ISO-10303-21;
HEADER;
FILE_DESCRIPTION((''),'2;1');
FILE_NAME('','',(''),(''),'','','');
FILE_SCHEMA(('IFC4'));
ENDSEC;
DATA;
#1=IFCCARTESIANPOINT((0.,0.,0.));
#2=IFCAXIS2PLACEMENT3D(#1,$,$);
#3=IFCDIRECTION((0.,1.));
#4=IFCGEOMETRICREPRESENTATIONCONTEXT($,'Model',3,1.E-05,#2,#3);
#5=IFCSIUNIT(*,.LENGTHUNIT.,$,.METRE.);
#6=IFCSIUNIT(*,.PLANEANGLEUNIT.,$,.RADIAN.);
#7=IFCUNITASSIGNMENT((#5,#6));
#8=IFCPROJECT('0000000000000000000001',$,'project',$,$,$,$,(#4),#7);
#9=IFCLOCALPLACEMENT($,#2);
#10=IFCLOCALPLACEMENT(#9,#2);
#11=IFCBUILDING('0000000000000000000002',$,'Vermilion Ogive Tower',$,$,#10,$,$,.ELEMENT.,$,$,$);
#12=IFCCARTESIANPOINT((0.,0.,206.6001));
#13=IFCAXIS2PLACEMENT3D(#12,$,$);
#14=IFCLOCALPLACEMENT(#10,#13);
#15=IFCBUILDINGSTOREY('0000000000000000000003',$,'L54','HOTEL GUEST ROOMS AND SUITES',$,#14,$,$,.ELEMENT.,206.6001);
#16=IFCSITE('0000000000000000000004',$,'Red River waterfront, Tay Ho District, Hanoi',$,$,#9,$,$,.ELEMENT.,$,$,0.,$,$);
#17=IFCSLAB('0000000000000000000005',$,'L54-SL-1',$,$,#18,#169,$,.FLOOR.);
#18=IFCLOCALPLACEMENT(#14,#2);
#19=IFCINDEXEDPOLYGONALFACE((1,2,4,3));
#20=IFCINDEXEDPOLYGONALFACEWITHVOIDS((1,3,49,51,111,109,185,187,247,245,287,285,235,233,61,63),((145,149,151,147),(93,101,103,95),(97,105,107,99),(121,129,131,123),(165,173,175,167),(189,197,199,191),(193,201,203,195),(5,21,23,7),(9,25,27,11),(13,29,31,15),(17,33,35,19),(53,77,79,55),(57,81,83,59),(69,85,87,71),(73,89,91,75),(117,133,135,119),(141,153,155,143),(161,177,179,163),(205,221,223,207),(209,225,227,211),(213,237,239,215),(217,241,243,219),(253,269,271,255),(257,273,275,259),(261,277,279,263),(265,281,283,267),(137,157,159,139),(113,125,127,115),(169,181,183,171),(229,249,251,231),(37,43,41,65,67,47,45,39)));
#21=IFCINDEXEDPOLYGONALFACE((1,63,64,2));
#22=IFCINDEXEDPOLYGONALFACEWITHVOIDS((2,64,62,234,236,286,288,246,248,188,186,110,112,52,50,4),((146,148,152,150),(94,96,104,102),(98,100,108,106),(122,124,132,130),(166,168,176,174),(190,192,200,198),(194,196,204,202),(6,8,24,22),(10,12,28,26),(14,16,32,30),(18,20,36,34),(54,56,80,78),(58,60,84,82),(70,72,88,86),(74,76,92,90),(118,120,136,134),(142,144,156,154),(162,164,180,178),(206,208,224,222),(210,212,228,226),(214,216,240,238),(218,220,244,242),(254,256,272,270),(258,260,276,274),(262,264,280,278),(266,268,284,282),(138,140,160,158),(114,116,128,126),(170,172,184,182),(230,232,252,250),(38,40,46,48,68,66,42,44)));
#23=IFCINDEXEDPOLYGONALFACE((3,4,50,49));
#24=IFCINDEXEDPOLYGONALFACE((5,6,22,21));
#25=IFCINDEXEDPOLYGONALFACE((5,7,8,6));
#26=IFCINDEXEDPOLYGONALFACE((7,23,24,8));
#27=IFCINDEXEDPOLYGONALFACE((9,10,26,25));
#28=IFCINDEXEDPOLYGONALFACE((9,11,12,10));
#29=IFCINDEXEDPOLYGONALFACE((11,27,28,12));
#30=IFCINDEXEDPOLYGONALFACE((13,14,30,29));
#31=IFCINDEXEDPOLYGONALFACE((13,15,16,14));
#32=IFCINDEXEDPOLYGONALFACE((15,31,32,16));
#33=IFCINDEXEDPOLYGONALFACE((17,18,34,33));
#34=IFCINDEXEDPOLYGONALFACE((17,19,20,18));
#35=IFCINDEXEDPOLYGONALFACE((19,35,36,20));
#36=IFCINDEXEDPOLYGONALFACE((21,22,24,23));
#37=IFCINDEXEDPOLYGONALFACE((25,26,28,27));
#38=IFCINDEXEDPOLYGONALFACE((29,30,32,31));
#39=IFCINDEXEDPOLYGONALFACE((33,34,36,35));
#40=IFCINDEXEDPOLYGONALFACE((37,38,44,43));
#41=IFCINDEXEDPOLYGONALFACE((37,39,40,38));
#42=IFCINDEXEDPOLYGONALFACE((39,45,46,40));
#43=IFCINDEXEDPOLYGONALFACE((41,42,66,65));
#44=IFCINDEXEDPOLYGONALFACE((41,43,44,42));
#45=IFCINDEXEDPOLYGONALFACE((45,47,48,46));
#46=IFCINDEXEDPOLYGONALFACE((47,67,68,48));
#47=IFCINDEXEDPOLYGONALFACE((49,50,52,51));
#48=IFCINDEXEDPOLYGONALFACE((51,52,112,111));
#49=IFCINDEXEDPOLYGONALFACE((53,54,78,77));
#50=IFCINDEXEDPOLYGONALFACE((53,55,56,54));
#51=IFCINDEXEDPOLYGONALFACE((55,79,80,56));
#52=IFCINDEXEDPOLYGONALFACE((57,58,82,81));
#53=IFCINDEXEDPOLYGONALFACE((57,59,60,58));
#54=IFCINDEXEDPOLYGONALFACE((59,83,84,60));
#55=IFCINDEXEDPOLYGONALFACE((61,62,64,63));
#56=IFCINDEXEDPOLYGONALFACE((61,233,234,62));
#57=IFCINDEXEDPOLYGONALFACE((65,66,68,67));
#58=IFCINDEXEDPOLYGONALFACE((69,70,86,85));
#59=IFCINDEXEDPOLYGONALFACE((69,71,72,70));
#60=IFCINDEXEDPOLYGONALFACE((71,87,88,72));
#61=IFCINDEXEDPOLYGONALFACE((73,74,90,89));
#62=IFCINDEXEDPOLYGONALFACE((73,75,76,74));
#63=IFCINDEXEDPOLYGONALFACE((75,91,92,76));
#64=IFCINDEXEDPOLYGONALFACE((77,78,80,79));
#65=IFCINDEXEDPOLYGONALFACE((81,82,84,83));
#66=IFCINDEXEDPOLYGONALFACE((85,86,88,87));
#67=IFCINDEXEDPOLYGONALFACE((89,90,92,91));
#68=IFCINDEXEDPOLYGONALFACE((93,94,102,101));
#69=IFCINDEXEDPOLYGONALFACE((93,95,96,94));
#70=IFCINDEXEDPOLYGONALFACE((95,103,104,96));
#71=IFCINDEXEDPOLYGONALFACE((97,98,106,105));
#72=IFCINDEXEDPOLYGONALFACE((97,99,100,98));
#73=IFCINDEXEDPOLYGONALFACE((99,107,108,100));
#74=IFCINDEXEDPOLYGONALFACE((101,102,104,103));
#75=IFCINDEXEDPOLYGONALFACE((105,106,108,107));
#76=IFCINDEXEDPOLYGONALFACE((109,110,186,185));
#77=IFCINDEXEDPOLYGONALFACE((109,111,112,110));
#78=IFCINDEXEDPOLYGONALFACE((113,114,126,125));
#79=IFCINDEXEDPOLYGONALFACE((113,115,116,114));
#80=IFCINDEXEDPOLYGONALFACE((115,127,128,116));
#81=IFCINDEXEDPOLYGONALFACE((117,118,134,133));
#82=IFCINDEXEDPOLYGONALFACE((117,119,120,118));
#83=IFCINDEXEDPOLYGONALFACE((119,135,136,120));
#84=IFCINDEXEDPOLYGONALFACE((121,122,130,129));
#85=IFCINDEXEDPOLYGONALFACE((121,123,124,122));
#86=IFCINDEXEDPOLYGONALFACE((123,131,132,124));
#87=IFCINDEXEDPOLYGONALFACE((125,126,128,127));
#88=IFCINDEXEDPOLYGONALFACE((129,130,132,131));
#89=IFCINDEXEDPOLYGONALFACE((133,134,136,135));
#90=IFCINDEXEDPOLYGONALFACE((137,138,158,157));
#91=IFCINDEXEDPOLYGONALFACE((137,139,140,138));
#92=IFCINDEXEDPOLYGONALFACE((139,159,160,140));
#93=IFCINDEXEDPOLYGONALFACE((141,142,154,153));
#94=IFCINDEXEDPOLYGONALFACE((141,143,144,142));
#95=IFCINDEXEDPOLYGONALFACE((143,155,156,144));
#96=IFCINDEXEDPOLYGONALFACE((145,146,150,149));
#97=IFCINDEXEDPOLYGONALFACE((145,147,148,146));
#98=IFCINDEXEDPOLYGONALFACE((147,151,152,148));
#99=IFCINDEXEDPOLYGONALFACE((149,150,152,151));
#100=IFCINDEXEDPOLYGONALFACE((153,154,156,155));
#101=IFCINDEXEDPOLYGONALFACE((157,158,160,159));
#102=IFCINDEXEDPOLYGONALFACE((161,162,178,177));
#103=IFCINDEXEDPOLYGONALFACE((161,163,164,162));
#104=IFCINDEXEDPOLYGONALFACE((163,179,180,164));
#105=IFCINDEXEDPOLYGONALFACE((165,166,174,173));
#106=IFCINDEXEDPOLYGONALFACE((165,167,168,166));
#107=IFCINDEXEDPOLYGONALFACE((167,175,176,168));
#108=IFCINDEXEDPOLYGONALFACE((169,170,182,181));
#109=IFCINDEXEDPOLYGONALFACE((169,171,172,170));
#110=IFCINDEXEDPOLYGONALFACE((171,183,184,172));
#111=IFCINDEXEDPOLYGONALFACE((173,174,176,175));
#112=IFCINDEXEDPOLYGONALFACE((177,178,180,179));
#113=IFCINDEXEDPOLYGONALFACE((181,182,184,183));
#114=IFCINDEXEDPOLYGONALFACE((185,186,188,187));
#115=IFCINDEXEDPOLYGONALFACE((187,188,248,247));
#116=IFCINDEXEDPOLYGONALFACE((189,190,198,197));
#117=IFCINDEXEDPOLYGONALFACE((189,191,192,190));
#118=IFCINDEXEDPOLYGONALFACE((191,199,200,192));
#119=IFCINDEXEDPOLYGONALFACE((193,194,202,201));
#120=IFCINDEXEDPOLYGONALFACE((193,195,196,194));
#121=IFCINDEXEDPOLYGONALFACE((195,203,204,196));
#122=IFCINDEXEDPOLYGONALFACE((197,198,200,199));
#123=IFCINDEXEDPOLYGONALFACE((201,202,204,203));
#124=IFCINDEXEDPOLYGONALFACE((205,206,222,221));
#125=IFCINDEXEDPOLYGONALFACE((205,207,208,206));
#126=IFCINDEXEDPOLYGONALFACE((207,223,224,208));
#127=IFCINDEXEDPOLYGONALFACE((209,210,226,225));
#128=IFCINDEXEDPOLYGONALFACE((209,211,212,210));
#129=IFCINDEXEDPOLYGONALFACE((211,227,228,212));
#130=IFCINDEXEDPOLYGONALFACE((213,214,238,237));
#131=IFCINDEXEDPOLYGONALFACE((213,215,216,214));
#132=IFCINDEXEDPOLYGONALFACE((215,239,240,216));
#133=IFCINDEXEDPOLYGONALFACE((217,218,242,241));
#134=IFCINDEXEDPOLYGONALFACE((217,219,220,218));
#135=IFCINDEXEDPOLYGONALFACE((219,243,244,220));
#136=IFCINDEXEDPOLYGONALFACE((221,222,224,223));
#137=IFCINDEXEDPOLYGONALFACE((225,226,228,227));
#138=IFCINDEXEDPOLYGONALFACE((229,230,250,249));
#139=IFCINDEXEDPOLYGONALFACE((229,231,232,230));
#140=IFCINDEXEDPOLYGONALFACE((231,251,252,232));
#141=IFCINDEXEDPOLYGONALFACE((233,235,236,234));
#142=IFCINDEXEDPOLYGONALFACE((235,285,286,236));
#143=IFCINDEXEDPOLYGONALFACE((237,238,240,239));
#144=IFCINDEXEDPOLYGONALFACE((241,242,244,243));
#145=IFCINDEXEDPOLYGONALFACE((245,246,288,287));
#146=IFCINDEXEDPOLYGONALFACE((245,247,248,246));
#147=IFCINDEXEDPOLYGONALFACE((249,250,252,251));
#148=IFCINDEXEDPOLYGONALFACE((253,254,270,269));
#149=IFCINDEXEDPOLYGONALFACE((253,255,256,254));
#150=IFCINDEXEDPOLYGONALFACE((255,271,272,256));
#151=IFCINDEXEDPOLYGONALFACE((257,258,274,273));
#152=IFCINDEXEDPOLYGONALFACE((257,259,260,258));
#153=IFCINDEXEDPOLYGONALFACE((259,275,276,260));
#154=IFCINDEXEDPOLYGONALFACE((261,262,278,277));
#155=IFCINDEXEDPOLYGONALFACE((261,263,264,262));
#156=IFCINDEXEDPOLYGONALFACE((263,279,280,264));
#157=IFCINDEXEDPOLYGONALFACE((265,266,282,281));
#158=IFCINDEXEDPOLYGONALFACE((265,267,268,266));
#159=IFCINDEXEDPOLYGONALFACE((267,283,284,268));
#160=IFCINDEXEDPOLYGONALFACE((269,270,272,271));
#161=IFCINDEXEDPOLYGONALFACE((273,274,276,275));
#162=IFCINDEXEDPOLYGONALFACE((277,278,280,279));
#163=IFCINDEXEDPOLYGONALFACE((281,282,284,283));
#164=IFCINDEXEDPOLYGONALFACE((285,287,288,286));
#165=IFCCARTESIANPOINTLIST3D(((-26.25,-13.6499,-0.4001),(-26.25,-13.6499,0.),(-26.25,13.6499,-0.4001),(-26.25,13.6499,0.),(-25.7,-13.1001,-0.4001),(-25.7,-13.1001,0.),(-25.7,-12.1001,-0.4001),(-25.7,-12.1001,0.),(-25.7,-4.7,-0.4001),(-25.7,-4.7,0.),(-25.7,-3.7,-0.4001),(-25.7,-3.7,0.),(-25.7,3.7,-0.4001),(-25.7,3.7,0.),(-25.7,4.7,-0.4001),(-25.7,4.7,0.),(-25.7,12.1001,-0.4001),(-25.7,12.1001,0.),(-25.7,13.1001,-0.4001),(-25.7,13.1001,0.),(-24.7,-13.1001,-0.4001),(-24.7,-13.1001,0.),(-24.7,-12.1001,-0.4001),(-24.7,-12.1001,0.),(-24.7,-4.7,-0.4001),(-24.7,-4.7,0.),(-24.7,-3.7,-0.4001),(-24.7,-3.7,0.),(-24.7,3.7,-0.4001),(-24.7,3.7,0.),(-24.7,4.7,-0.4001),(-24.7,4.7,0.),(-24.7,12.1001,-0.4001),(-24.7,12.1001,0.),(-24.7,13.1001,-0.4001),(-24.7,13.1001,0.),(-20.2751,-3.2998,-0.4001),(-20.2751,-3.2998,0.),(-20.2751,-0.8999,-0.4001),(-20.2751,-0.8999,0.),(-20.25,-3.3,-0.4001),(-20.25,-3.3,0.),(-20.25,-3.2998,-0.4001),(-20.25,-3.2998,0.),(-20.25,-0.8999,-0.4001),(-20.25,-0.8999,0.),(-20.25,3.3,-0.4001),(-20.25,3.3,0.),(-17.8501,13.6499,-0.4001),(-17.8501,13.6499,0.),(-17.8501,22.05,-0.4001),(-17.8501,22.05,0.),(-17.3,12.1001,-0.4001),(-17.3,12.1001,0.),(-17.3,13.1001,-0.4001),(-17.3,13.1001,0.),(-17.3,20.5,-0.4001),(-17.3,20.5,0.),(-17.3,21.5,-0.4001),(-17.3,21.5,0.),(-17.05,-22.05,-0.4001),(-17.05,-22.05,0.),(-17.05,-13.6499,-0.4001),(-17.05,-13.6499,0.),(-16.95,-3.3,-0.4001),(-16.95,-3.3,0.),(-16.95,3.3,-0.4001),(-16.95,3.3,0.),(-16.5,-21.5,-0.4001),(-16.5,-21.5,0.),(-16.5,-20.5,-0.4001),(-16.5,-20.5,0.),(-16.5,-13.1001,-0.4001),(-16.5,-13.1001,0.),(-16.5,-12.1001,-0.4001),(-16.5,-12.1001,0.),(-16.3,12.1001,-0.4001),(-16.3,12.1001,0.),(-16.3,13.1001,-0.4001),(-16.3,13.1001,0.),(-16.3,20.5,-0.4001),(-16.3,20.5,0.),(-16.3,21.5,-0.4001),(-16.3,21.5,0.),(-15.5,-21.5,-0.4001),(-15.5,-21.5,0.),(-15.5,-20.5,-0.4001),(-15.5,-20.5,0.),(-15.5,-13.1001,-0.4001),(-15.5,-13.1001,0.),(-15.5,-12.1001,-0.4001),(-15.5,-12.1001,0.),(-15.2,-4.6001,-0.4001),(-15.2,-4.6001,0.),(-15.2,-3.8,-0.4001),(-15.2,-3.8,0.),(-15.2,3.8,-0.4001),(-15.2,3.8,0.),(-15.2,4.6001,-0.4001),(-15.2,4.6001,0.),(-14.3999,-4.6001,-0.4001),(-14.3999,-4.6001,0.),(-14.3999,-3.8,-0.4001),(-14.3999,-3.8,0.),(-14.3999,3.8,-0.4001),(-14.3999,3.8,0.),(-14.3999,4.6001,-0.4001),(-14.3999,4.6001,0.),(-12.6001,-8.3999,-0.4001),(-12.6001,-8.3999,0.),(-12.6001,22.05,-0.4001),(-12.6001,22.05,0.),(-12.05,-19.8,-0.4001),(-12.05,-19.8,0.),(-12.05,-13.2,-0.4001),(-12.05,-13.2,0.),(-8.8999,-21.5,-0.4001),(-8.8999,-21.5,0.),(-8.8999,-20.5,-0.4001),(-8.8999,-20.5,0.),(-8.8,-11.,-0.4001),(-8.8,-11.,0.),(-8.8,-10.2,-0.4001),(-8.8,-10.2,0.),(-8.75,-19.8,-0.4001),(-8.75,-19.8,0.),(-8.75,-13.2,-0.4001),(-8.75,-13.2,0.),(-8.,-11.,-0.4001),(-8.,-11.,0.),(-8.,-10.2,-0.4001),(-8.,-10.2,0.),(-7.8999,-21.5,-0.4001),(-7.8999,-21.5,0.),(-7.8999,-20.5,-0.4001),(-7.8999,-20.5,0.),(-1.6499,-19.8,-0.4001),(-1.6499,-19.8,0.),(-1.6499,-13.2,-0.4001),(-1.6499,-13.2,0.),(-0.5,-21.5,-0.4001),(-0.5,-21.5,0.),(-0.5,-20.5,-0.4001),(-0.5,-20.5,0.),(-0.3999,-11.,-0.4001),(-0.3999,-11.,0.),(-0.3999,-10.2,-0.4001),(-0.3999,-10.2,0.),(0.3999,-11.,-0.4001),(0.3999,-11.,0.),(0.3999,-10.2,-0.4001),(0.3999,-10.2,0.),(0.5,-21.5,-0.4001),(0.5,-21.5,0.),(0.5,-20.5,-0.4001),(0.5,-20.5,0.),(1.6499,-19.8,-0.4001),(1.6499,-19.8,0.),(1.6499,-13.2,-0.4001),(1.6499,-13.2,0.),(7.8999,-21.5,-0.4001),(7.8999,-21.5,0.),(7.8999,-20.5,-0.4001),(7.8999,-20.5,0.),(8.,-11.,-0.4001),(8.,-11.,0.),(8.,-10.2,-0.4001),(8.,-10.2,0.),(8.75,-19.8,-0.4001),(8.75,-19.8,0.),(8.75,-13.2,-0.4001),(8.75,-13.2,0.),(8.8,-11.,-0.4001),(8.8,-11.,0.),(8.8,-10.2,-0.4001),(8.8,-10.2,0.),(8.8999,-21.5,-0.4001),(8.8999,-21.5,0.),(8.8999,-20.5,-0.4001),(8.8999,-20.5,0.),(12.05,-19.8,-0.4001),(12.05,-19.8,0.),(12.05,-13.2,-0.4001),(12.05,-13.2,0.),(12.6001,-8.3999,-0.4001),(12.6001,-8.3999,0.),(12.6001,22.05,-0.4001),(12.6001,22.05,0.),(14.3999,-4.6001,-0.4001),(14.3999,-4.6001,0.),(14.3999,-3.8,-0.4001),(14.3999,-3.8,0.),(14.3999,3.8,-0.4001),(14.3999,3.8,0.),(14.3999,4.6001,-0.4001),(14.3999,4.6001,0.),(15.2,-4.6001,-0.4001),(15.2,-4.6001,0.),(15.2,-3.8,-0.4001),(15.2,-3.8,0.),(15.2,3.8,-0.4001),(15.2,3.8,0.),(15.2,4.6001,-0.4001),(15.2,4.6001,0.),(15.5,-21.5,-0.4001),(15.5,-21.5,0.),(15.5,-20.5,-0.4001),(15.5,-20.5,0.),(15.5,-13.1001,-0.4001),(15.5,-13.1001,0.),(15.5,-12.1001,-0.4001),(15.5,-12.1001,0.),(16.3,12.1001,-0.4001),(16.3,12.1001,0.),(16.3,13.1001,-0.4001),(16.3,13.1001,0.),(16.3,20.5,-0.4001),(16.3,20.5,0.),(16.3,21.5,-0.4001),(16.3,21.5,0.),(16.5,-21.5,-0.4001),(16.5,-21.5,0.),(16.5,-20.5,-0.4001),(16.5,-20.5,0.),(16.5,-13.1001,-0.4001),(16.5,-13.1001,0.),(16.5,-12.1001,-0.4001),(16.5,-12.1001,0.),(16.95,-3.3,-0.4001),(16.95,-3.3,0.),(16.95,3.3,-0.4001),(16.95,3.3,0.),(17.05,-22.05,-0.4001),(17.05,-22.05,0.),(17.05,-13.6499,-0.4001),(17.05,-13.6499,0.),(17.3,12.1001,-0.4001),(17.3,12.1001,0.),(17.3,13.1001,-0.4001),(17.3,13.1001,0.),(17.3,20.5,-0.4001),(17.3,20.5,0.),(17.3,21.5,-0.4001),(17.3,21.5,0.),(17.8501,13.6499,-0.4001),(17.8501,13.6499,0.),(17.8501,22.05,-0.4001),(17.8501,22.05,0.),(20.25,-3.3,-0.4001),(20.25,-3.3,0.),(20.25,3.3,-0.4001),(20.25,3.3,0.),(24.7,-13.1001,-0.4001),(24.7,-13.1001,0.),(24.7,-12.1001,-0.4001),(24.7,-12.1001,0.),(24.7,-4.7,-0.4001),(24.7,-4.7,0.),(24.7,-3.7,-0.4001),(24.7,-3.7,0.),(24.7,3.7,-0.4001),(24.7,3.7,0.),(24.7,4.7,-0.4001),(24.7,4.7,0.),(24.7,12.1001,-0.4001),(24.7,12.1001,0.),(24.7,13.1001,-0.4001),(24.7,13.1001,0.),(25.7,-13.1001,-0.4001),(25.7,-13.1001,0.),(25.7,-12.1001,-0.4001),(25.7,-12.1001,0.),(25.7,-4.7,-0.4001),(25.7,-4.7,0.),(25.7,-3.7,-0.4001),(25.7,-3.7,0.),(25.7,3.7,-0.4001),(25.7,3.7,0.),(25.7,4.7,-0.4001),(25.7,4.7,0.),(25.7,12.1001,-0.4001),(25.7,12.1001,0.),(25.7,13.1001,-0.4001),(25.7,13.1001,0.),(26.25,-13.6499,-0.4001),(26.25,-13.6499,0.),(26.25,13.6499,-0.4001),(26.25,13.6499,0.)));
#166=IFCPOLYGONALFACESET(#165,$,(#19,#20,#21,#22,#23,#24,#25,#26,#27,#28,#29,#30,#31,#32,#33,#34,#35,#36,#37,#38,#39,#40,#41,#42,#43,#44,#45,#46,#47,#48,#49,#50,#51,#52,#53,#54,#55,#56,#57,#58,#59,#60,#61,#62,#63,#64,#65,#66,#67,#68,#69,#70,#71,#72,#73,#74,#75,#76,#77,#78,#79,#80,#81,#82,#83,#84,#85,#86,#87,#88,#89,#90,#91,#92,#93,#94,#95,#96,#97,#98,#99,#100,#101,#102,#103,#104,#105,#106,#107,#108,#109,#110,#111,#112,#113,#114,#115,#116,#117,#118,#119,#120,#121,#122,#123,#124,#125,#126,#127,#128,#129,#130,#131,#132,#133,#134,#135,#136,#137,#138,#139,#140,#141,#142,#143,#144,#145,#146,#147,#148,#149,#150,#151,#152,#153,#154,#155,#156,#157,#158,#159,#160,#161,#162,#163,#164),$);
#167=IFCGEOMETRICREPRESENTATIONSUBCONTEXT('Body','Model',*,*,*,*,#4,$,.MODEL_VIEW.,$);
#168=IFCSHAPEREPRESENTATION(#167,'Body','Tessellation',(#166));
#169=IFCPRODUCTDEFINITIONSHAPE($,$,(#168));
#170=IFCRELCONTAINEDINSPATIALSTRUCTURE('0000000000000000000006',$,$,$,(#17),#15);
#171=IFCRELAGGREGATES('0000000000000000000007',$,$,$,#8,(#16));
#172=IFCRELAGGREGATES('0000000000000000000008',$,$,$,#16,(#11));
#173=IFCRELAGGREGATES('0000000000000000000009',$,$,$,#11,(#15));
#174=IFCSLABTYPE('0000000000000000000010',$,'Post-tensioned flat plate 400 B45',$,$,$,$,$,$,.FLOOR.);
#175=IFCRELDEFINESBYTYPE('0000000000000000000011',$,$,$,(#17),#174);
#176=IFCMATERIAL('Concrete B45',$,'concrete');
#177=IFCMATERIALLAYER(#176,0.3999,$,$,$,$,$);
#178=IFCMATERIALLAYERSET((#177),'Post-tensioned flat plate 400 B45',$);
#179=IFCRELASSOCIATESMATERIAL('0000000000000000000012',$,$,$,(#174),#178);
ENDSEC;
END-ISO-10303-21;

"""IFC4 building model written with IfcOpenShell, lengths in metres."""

from ifc_helpers import new_model, si_unit, direction, frame, origin, place, context, subcontext, project, spatial, polyline, outline, extrude, material, layer, layer_set, type_object, element, save


model = new_model("IFC4")

# Units and contexts
model_context = context("Model", 3, precision=1e-05, world=origin(), true_north=direction((0.0, 1.0)))
body_context = subcontext(model_context, "Body", "Model", "MODEL_VIEW")
ifc_project = project(units=[si_unit("LENGTHUNIT", "METRE"), si_unit("PLANEANGLEUNIT", "RADIAN")], contexts=[model_context])

# Site, building, storey
site_placement = place(None, origin())
site = spatial("IfcSite", under=ifc_project, at=site_placement, Name="Red River waterfront, Tay Ho District, Hanoi", CompositionType="ELEMENT", RefElevation=0.0)
building_placement = place(site_placement, origin())
building = spatial("IfcBuilding", under=site, at=building_placement, Name="Vermilion Ogive Tower", CompositionType="ELEMENT")
storey_placement = place(building_placement, frame((0.0, 0.0, 206.6001)))
storey = spatial("IfcBuildingStorey", under=building, at=storey_placement, Name="L54", Description="HOTEL GUEST ROOMS AND SUITES", CompositionType="ELEMENT", Elevation=206.6001)

# Slab
ifc_material_1 = material(Name="Concrete B45", Category="concrete")
ifc_layer_1 = layer(ifc_material_1, 0.3999)
ifc_layer_set_1 = layer_set([ifc_layer_1], Name="Post-tensioned flat plate 400 B45")
slab_type_1 = type_object("IfcSlabType", Name="Post-tensioned flat plate 400 B45", PredefinedType="FLOOR", material=ifc_layer_set_1)
slab_1_placement = place(storey_placement, frame((0.0, 0.0, -0.4001)))
element("IfcSlab", 1, at=slab_1_placement, inside=storey, type_object=slab_type_1, Name="L54-SL-1", PredefinedType="FLOOR", context=body_context, shape_type="SweptSolid", body=[
    extrude(outline(polyline([(-26.25, -13.6499), (-17.05, -13.6499), (-17.05, -22.05), (17.05, -22.05), (17.05, -13.6499), (26.25, -13.6499), (26.25, 13.6499), (17.8501, 13.6499), (17.8501, 22.05), (12.6001, 22.05), (12.6001, -8.3999), (-12.6001, -8.3999), (-12.6001, 22.05), (-17.8501, 22.05), (-17.8501, 13.6499), (-26.25, 13.6499), (-26.25, -13.6499)]), holes=[polyline([(25.7, -3.7), (25.7, -4.7), (24.7, -4.7), (24.7, -3.7), (25.7, -3.7)]), polyline([(25.7, -12.1001), (25.7, -13.1001), (24.7, -13.1001), (24.7, -12.1001), (25.7, -12.1001)]), polyline([(25.7, 12.1001), (24.7, 12.1001), (24.7, 13.1001), (25.7, 13.1001), (25.7, 12.1001)]), polyline([(25.7, 3.7), (24.7, 3.7), (24.7, 4.7), (25.7, 4.7), (25.7, 3.7)]), polyline([(20.25, 3.3), (20.25, -3.3), (16.95, -3.3), (16.95, 3.3), (20.25, 3.3)]), polyline([(17.3, 13.1001), (17.3, 12.1001), (16.3, 12.1001), (16.3, 13.1001), (17.3, 13.1001)]), polyline([(17.3, 20.5), (16.3, 20.5), (16.3, 21.5), (17.3, 21.5), (17.3, 20.5)]), polyline([(16.5, -12.1001), (16.5, -13.1001), (15.5, -13.1001), (15.5, -12.1001), (16.5, -12.1001)]), polyline([(16.5, -20.5), (16.5, -21.5), (15.5, -21.5), (15.5, -20.5), (16.5, -20.5)]), polyline([(15.2, 4.6001), (15.2, 3.8), (14.3999, 3.8), (14.3999, 4.6001), (15.2, 4.6001)]), polyline([(15.2, -4.6001), (14.3999, -4.6001), (14.3999, -3.8), (15.2, -3.8), (15.2, -4.6001)]), polyline([(12.05, -13.2), (12.05, -19.8), (8.75, -19.8), (8.75, -13.2), (12.05, -13.2)]), polyline([(8.8999, -20.5), (8.8999, -21.5), (7.8999, -21.5), (7.8999, -20.5), (8.8999, -20.5)]), polyline([(8.8, -11.0), (8.0, -11.0), (8.0, -10.2), (8.8, -10.2), (8.8, -11.0)]), polyline([(1.6499, -13.2), (1.6499, -19.8), (-1.6499, -19.8), (-1.6499, -13.2), (1.6499, -13.2)]), polyline([(0.5, -20.5), (0.5, -21.5), (-0.5, -21.5), (-0.5, -20.5), (0.5, -20.5)]), polyline([(0.3999, -10.2), (0.3999, -11.0), (-0.3999, -11.0), (-0.3999, -10.2), (0.3999, -10.2)]), polyline([(-7.8999, -20.5), (-7.8999, -21.5), (-8.8999, -21.5), (-8.8999, -20.5), (-7.8999, -20.5)]), polyline([(-8.0, -10.2), (-8.0, -11.0), (-8.8, -11.0), (-8.8, -10.2), (-8.0, -10.2)]), polyline([(-8.75, -13.2), (-8.75, -19.8), (-12.05, -19.8), (-12.05, -13.2), (-8.75, -13.2)]), polyline([(-14.3999, 4.6001), (-14.3999, 3.8), (-15.2, 3.8), (-15.2, 4.6001), (-14.3999, 4.6001)]), polyline([(-14.3999, -4.6001), (-15.2, -4.6001), (-15.2, -3.8), (-14.3999, -3.8), (-14.3999, -4.6001)]), polyline([(-15.5, -12.1001), (-15.5, -13.1001), (-16.5, -13.1001), (-16.5, -12.1001), (-15.5, -12.1001)]), polyline([(-15.5, -20.5), (-15.5, -21.5), (-16.5, -21.5), (-16.5, -20.5), (-15.5, -20.5)]), polyline([(-16.3, 13.1001), (-16.3, 12.1001), (-17.3, 12.1001), (-17.3, 13.1001), (-16.3, 13.1001)]), polyline([(-16.3, 20.5), (-17.3, 20.5), (-17.3, 21.5), (-16.3, 21.5), (-16.3, 20.5)]), polyline([(-16.95, 3.3), (-16.95, -3.3), (-20.25, -3.3), (-20.25, -3.2998), (-20.2751, -3.2998), (-20.2751, -0.8999), (-20.25, -0.8999), (-20.25, 3.3), (-16.95, 3.3)]), polyline([(-24.7, 3.7), (-25.7, 3.7), (-25.7, 4.7), (-24.7, 4.7), (-24.7, 3.7)]), polyline([(-24.7, 13.1001), (-24.7, 12.1001), (-25.7, 12.1001), (-25.7, 13.1001), (-24.7, 13.1001)]), polyline([(-24.7, -3.7), (-24.7, -4.7), (-25.7, -4.7), (-25.7, -3.7), (-24.7, -3.7)]), polyline([(-24.7, -12.1001), (-24.7, -13.1001), (-25.7, -13.1001), (-25.7, -12.1001), (-24.7, -12.1001)])]), origin(), (0.0, 0.0, 1.0), 0.4001),
])

save(model, "model.ifc")
